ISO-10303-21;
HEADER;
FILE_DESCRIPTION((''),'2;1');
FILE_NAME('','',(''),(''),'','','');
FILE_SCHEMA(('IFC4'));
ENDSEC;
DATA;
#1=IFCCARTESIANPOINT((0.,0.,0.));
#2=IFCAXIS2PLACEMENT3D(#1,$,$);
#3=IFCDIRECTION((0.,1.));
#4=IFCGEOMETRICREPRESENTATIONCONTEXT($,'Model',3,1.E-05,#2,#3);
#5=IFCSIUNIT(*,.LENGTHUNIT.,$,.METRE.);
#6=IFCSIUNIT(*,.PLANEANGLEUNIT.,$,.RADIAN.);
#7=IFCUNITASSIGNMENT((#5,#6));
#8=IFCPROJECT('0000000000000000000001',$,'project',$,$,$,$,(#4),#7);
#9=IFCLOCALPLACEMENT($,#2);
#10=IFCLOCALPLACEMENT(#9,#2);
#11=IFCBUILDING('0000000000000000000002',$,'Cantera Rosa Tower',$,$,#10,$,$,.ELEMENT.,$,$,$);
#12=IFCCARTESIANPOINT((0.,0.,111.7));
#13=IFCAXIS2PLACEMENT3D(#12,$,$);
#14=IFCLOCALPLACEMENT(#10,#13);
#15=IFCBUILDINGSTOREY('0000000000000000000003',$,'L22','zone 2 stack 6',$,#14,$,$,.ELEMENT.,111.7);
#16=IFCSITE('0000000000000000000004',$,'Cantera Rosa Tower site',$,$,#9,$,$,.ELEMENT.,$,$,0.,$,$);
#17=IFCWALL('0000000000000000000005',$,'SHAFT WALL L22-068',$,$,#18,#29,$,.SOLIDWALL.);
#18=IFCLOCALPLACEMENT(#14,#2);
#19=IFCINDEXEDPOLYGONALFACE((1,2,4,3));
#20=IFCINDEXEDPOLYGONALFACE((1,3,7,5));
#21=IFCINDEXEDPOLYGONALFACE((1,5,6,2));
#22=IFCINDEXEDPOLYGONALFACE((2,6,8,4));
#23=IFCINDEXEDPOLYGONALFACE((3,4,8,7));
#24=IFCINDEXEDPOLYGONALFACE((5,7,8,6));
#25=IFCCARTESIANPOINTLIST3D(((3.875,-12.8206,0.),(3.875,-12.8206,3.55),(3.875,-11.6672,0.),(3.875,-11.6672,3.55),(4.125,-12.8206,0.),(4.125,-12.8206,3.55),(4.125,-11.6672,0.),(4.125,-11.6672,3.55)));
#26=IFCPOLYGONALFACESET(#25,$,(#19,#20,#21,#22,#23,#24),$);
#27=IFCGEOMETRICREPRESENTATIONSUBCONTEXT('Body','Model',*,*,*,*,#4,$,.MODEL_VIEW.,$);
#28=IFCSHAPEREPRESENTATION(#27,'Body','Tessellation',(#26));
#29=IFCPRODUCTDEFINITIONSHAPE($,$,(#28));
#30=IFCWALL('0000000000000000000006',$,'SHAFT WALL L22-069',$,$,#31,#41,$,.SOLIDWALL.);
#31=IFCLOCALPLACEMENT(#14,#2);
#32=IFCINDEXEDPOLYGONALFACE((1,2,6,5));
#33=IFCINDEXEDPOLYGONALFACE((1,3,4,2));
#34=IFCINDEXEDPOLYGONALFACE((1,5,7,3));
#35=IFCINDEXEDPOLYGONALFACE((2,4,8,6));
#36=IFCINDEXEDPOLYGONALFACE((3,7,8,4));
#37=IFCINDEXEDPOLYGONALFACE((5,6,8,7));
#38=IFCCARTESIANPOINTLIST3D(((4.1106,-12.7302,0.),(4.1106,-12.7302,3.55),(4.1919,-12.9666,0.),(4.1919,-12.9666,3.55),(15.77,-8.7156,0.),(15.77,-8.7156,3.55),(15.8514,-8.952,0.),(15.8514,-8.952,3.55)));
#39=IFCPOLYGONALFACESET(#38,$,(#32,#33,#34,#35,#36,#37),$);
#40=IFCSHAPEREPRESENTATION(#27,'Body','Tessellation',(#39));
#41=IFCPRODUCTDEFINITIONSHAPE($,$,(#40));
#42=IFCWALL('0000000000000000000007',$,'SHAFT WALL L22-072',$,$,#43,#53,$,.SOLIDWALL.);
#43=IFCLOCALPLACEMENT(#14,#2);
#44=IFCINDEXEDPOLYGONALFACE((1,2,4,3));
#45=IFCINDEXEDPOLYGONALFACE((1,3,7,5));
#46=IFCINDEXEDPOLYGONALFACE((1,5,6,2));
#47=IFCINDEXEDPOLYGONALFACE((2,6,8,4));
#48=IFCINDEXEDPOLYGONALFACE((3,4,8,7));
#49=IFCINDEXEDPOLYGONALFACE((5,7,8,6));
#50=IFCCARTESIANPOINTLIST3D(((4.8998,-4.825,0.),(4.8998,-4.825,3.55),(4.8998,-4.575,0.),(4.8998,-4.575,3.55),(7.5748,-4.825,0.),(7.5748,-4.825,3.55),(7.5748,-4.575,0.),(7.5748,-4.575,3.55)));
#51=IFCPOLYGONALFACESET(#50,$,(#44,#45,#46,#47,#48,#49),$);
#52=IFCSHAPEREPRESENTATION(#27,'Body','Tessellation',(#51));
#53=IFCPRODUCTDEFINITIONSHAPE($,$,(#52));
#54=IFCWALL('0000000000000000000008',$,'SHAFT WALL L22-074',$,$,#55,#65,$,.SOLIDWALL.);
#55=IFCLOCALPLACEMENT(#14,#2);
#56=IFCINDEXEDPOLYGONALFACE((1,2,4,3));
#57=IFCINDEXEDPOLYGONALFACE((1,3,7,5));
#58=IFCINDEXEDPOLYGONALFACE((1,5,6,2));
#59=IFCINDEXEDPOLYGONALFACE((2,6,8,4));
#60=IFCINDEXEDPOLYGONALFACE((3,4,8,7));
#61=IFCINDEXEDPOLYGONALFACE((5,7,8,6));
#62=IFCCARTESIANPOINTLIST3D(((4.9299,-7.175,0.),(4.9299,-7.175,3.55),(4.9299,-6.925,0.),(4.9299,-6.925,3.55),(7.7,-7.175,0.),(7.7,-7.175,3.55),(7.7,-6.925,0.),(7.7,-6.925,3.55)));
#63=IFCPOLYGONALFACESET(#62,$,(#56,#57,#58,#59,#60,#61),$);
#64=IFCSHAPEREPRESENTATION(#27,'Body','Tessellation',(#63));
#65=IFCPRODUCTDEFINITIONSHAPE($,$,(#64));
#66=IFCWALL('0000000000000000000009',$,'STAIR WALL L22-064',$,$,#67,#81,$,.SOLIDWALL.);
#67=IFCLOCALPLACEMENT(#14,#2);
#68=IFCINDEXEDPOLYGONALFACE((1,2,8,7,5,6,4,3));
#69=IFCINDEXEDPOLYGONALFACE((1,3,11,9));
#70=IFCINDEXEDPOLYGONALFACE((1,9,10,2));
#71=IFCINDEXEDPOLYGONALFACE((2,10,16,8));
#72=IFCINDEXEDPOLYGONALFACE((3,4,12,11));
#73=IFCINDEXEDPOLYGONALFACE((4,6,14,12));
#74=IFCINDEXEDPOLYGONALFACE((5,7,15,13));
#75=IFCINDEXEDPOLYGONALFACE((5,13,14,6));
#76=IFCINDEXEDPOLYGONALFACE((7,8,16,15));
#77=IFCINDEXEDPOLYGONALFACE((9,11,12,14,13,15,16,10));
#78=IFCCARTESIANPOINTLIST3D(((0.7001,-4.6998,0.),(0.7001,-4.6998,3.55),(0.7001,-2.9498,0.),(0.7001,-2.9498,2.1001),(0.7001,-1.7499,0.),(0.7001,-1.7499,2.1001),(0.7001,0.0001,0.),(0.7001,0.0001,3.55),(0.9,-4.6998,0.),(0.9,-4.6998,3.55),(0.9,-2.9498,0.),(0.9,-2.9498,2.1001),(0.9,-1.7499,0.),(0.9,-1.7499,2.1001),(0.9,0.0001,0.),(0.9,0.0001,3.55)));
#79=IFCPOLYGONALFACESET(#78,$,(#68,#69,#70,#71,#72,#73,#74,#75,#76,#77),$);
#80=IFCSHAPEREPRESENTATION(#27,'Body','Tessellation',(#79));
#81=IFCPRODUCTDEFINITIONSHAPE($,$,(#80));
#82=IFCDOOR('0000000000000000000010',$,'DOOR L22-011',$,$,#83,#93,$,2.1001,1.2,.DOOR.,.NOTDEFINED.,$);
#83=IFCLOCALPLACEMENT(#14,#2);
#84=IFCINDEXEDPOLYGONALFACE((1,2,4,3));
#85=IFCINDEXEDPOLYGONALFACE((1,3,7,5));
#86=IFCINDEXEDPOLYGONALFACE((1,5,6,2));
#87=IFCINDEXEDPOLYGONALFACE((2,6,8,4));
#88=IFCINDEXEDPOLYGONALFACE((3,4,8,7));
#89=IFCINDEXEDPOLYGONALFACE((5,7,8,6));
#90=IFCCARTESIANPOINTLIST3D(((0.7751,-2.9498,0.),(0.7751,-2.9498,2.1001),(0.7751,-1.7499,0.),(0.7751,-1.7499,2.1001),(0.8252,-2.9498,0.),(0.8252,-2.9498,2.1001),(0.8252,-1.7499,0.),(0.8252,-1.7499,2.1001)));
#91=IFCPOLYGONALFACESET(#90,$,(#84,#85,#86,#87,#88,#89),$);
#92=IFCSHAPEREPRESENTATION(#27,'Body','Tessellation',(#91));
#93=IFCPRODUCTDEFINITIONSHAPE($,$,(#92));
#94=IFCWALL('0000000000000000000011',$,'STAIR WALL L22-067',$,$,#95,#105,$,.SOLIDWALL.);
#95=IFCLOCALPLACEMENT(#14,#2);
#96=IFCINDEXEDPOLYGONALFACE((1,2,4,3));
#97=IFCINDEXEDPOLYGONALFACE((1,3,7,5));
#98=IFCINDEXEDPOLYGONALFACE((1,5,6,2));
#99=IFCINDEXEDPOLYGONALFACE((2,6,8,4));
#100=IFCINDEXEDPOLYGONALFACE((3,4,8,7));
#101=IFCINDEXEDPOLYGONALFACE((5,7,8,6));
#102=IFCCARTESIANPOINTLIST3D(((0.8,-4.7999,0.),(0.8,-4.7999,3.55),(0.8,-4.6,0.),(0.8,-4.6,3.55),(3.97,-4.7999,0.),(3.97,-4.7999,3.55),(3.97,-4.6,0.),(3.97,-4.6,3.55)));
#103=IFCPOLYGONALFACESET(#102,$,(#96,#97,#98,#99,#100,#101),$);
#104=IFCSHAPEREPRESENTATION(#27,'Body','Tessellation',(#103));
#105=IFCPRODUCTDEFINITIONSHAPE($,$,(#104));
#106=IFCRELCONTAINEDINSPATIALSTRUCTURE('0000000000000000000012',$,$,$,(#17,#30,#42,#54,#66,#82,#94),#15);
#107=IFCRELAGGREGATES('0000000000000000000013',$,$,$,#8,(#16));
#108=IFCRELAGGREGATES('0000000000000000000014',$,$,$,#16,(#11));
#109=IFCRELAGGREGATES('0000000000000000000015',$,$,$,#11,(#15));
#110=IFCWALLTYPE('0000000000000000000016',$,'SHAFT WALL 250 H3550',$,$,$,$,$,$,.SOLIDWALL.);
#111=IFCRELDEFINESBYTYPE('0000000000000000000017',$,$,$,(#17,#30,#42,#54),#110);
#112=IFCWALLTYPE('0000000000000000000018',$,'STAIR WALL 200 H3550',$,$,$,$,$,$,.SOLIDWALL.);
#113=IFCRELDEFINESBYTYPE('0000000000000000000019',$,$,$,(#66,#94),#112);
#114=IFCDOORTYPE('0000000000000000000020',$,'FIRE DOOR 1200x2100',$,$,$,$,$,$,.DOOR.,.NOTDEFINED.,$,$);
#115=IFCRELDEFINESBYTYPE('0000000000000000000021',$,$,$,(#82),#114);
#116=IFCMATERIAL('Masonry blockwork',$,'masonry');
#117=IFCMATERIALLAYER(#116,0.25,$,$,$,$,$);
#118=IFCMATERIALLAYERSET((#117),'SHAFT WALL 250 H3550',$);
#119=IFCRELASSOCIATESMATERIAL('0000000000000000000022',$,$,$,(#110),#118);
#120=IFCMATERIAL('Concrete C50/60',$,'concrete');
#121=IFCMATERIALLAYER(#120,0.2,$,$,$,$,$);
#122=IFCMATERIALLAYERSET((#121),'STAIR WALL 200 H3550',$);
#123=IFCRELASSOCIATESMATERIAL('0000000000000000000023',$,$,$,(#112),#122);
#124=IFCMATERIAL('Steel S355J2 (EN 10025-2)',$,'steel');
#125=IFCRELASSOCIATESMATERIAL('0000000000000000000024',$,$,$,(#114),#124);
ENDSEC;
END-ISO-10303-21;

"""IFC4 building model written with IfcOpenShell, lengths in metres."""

from ifc_helpers import new_model, si_unit, direction, frame, frame_2d, origin, place, context, subcontext, project, spatial, rectangle, extrude, material, layer, layer_set, type_object, element, fill, save


model = new_model("IFC4")

# Units and contexts
model_context = context("Model", 3, precision=1e-05, world=origin(), true_north=direction((0.0, 1.0)))
body_context = subcontext(model_context, "Body", "Model", "MODEL_VIEW")
ifc_project = project(units=[si_unit("LENGTHUNIT", "METRE"), si_unit("PLANEANGLEUNIT", "RADIAN")], contexts=[model_context])

# Site, building, storey
site_placement = place(None, origin())
site = spatial("IfcSite", under=ifc_project, at=site_placement, Name="Cantera Rosa Tower site", CompositionType="ELEMENT", RefElevation=0.0)
building_placement = place(site_placement, origin())
building = spatial("IfcBuilding", under=site, at=building_placement, Name="Cantera Rosa Tower", CompositionType="ELEMENT")
storey_placement = place(building_placement, frame((0.0, 0.0, 111.7)))
storey = spatial("IfcBuildingStorey", under=building, at=storey_placement, Name="L22", Description="zone 2 stack 6", CompositionType="ELEMENT", Elevation=111.7)

# Walls
ifc_material_1 = material(Name="Masonry blockwork", Category="masonry")
ifc_layer_1 = layer(ifc_material_1, 0.25)
ifc_layer_set_1 = layer_set([ifc_layer_1], Name="SHAFT WALL 250 H3550")
wall_type_1 = type_object("IfcWallType", Name="SHAFT WALL 250 H3550", PredefinedType="SOLIDWALL", material=ifc_layer_set_1)
wall_1_placement = place(storey_placement, frame((4.0, -12.8206, 0.0), z_axis=(0.0, 0.0, 1.0), x_axis=(0.0, 1.0, 0.0)))
element("IfcWall", 1, at=wall_1_placement, inside=storey, type_object=wall_type_1, Name="SHAFT WALL L22-068", PredefinedType="SOLIDWALL", context=body_context, shape_type="SweptSolid", body=[
    extrude(rectangle(XDim=1.1533, YDim=0.25, at=frame_2d((0.5767, 0.0))), origin(), (0.0, 0.0, 1.0), 3.55),
])
wall_2_placement = place(storey_placement, frame((4.1514, -12.8484, 0.0), z_axis=(0.0, 0.0, 1.0), x_axis=(0.945519, 0.325567, 0.0)))
element("IfcWall", 2, at=wall_2_placement, inside=storey, type_object=wall_type_1, Name="SHAFT WALL L22-069", PredefinedType="SOLIDWALL", context=body_context, shape_type="SweptSolid", body=[
    extrude(rectangle(XDim=12.3313, YDim=0.25, at=frame_2d((6.1655, 0.0))), origin(), (0.0, 0.0, 1.0), 3.55),
])
wall_3_placement = place(storey_placement, frame((4.8999, -4.7, 0.0), z_axis=(0.0, 0.0, 1.0), x_axis=(1.0, 0.0, 0.0)))
element("IfcWall", 3, at=wall_3_placement, inside=storey, type_object=wall_type_1, Name="SHAFT WALL L22-072", PredefinedType="SOLIDWALL", context=body_context, shape_type="SweptSolid", body=[
    extrude(rectangle(XDim=2.675, YDim=0.25, at=frame_2d((1.3374, 0.0))), origin(), (0.0, 0.0, 1.0), 3.55),
])
wall_4_placement = place(storey_placement, frame((4.9299, -7.05, 0.0), z_axis=(0.0, 0.0, 1.0), x_axis=(1.0, 0.0, 0.0)))
element("IfcWall", 4, at=wall_4_placement, inside=storey, type_object=wall_type_1, Name="SHAFT WALL L22-074", PredefinedType="SOLIDWALL", context=body_context, shape_type="SweptSolid", body=[
    extrude(rectangle(XDim=2.77, YDim=0.25, at=frame_2d((1.385, 0.0))), origin(), (0.0, 0.0, 1.0), 3.55),
])

# Wall, opening, door
ifc_material_2 = material(Name="Concrete C50/60", Category="concrete")
ifc_layer_2 = layer(ifc_material_2, 0.2)
ifc_layer_set_2 = layer_set([ifc_layer_2], Name="STAIR WALL 200 H3550")
wall_type_2 = type_object("IfcWallType", Name="STAIR WALL 200 H3550", PredefinedType="SOLIDWALL", material=ifc_layer_set_2)
wall_5_placement = place(storey_placement, frame((0.8, -4.7, 0.0), z_axis=(0.0, 0.0, 1.0), x_axis=(0.0, 1.0, 0.0)))
wall_5 = element("IfcWall", 5, at=wall_5_placement, inside=storey, type_object=wall_type_2, Name="STAIR WALL L22-064", PredefinedType="SOLIDWALL", context=body_context, shape_type="SweptSolid", body=[
    extrude(rectangle(XDim=4.7, YDim=0.2, at=frame_2d((2.3501, 0.0))), origin(), (0.0, 0.0, 1.0), 3.55),
])
opening_1_placement = place(wall_5_placement, frame((1.75, 0.0, 0.0)))
opening_1 = element("IfcOpeningElement", 6, at=opening_1_placement, cuts=wall_5, PredefinedType="OPENING", context=body_context, shape_type="SweptSolid", body=[
    extrude(rectangle(XDim=1.2, YDim=2.1001, at=frame_2d((0.6001, 1.05))), frame((0.0, 0.1099, 0.0), z_axis=(0.0, -1.0, 0.0), x_axis=(1.0, 0.0, 0.0)), (0.0, 0.0, 1.0), 0.22),
])
ifc_material_3 = material(Name="Steel S355J2 (EN 10025-2)", Category="steel")
door_type_1 = type_object("IfcDoorType", Name="FIRE DOOR 1200x2100", OperationType="NOTDEFINED", PredefinedType="DOOR", material=ifc_material_3)
door_1_placement = place(opening_1_placement, origin())
door_1 = element("IfcDoor", 7, at=door_1_placement, inside=storey, type_object=door_type_1, Name="DOOR L22-011", OperationType="NOTDEFINED", OverallHeight=2.1001, OverallWidth=1.2, PredefinedType="DOOR", context=body_context, shape_type="SweptSolid", body=[
    extrude(rectangle(XDim=1.2, YDim=2.1001, at=frame_2d((0.6001, 1.05))), frame((0.0, 0.0249, 0.0), z_axis=(0.0, -1.0, 0.0), x_axis=(1.0, 0.0, 0.0)), (0.0, 0.0, 1.0), 0.05),
])
fill(opening_1, door_1)

# Wall
wall_6_placement = place(storey_placement, frame((3.97, -4.7, 0.0), z_axis=(0.0, 0.0, 1.0), x_axis=(-1.0, 0.0, 0.0)))
element("IfcWall", 8, at=wall_6_placement, inside=storey, type_object=wall_type_2, Name="STAIR WALL L22-067", PredefinedType="SOLIDWALL", context=body_context, shape_type="SweptSolid", body=[
    extrude(rectangle(XDim=3.1699, YDim=0.2, at=frame_2d((1.585, 0.0))), origin(), (0.0, 0.0, 1.0), 3.55),
])

save(model, "model.ifc")
